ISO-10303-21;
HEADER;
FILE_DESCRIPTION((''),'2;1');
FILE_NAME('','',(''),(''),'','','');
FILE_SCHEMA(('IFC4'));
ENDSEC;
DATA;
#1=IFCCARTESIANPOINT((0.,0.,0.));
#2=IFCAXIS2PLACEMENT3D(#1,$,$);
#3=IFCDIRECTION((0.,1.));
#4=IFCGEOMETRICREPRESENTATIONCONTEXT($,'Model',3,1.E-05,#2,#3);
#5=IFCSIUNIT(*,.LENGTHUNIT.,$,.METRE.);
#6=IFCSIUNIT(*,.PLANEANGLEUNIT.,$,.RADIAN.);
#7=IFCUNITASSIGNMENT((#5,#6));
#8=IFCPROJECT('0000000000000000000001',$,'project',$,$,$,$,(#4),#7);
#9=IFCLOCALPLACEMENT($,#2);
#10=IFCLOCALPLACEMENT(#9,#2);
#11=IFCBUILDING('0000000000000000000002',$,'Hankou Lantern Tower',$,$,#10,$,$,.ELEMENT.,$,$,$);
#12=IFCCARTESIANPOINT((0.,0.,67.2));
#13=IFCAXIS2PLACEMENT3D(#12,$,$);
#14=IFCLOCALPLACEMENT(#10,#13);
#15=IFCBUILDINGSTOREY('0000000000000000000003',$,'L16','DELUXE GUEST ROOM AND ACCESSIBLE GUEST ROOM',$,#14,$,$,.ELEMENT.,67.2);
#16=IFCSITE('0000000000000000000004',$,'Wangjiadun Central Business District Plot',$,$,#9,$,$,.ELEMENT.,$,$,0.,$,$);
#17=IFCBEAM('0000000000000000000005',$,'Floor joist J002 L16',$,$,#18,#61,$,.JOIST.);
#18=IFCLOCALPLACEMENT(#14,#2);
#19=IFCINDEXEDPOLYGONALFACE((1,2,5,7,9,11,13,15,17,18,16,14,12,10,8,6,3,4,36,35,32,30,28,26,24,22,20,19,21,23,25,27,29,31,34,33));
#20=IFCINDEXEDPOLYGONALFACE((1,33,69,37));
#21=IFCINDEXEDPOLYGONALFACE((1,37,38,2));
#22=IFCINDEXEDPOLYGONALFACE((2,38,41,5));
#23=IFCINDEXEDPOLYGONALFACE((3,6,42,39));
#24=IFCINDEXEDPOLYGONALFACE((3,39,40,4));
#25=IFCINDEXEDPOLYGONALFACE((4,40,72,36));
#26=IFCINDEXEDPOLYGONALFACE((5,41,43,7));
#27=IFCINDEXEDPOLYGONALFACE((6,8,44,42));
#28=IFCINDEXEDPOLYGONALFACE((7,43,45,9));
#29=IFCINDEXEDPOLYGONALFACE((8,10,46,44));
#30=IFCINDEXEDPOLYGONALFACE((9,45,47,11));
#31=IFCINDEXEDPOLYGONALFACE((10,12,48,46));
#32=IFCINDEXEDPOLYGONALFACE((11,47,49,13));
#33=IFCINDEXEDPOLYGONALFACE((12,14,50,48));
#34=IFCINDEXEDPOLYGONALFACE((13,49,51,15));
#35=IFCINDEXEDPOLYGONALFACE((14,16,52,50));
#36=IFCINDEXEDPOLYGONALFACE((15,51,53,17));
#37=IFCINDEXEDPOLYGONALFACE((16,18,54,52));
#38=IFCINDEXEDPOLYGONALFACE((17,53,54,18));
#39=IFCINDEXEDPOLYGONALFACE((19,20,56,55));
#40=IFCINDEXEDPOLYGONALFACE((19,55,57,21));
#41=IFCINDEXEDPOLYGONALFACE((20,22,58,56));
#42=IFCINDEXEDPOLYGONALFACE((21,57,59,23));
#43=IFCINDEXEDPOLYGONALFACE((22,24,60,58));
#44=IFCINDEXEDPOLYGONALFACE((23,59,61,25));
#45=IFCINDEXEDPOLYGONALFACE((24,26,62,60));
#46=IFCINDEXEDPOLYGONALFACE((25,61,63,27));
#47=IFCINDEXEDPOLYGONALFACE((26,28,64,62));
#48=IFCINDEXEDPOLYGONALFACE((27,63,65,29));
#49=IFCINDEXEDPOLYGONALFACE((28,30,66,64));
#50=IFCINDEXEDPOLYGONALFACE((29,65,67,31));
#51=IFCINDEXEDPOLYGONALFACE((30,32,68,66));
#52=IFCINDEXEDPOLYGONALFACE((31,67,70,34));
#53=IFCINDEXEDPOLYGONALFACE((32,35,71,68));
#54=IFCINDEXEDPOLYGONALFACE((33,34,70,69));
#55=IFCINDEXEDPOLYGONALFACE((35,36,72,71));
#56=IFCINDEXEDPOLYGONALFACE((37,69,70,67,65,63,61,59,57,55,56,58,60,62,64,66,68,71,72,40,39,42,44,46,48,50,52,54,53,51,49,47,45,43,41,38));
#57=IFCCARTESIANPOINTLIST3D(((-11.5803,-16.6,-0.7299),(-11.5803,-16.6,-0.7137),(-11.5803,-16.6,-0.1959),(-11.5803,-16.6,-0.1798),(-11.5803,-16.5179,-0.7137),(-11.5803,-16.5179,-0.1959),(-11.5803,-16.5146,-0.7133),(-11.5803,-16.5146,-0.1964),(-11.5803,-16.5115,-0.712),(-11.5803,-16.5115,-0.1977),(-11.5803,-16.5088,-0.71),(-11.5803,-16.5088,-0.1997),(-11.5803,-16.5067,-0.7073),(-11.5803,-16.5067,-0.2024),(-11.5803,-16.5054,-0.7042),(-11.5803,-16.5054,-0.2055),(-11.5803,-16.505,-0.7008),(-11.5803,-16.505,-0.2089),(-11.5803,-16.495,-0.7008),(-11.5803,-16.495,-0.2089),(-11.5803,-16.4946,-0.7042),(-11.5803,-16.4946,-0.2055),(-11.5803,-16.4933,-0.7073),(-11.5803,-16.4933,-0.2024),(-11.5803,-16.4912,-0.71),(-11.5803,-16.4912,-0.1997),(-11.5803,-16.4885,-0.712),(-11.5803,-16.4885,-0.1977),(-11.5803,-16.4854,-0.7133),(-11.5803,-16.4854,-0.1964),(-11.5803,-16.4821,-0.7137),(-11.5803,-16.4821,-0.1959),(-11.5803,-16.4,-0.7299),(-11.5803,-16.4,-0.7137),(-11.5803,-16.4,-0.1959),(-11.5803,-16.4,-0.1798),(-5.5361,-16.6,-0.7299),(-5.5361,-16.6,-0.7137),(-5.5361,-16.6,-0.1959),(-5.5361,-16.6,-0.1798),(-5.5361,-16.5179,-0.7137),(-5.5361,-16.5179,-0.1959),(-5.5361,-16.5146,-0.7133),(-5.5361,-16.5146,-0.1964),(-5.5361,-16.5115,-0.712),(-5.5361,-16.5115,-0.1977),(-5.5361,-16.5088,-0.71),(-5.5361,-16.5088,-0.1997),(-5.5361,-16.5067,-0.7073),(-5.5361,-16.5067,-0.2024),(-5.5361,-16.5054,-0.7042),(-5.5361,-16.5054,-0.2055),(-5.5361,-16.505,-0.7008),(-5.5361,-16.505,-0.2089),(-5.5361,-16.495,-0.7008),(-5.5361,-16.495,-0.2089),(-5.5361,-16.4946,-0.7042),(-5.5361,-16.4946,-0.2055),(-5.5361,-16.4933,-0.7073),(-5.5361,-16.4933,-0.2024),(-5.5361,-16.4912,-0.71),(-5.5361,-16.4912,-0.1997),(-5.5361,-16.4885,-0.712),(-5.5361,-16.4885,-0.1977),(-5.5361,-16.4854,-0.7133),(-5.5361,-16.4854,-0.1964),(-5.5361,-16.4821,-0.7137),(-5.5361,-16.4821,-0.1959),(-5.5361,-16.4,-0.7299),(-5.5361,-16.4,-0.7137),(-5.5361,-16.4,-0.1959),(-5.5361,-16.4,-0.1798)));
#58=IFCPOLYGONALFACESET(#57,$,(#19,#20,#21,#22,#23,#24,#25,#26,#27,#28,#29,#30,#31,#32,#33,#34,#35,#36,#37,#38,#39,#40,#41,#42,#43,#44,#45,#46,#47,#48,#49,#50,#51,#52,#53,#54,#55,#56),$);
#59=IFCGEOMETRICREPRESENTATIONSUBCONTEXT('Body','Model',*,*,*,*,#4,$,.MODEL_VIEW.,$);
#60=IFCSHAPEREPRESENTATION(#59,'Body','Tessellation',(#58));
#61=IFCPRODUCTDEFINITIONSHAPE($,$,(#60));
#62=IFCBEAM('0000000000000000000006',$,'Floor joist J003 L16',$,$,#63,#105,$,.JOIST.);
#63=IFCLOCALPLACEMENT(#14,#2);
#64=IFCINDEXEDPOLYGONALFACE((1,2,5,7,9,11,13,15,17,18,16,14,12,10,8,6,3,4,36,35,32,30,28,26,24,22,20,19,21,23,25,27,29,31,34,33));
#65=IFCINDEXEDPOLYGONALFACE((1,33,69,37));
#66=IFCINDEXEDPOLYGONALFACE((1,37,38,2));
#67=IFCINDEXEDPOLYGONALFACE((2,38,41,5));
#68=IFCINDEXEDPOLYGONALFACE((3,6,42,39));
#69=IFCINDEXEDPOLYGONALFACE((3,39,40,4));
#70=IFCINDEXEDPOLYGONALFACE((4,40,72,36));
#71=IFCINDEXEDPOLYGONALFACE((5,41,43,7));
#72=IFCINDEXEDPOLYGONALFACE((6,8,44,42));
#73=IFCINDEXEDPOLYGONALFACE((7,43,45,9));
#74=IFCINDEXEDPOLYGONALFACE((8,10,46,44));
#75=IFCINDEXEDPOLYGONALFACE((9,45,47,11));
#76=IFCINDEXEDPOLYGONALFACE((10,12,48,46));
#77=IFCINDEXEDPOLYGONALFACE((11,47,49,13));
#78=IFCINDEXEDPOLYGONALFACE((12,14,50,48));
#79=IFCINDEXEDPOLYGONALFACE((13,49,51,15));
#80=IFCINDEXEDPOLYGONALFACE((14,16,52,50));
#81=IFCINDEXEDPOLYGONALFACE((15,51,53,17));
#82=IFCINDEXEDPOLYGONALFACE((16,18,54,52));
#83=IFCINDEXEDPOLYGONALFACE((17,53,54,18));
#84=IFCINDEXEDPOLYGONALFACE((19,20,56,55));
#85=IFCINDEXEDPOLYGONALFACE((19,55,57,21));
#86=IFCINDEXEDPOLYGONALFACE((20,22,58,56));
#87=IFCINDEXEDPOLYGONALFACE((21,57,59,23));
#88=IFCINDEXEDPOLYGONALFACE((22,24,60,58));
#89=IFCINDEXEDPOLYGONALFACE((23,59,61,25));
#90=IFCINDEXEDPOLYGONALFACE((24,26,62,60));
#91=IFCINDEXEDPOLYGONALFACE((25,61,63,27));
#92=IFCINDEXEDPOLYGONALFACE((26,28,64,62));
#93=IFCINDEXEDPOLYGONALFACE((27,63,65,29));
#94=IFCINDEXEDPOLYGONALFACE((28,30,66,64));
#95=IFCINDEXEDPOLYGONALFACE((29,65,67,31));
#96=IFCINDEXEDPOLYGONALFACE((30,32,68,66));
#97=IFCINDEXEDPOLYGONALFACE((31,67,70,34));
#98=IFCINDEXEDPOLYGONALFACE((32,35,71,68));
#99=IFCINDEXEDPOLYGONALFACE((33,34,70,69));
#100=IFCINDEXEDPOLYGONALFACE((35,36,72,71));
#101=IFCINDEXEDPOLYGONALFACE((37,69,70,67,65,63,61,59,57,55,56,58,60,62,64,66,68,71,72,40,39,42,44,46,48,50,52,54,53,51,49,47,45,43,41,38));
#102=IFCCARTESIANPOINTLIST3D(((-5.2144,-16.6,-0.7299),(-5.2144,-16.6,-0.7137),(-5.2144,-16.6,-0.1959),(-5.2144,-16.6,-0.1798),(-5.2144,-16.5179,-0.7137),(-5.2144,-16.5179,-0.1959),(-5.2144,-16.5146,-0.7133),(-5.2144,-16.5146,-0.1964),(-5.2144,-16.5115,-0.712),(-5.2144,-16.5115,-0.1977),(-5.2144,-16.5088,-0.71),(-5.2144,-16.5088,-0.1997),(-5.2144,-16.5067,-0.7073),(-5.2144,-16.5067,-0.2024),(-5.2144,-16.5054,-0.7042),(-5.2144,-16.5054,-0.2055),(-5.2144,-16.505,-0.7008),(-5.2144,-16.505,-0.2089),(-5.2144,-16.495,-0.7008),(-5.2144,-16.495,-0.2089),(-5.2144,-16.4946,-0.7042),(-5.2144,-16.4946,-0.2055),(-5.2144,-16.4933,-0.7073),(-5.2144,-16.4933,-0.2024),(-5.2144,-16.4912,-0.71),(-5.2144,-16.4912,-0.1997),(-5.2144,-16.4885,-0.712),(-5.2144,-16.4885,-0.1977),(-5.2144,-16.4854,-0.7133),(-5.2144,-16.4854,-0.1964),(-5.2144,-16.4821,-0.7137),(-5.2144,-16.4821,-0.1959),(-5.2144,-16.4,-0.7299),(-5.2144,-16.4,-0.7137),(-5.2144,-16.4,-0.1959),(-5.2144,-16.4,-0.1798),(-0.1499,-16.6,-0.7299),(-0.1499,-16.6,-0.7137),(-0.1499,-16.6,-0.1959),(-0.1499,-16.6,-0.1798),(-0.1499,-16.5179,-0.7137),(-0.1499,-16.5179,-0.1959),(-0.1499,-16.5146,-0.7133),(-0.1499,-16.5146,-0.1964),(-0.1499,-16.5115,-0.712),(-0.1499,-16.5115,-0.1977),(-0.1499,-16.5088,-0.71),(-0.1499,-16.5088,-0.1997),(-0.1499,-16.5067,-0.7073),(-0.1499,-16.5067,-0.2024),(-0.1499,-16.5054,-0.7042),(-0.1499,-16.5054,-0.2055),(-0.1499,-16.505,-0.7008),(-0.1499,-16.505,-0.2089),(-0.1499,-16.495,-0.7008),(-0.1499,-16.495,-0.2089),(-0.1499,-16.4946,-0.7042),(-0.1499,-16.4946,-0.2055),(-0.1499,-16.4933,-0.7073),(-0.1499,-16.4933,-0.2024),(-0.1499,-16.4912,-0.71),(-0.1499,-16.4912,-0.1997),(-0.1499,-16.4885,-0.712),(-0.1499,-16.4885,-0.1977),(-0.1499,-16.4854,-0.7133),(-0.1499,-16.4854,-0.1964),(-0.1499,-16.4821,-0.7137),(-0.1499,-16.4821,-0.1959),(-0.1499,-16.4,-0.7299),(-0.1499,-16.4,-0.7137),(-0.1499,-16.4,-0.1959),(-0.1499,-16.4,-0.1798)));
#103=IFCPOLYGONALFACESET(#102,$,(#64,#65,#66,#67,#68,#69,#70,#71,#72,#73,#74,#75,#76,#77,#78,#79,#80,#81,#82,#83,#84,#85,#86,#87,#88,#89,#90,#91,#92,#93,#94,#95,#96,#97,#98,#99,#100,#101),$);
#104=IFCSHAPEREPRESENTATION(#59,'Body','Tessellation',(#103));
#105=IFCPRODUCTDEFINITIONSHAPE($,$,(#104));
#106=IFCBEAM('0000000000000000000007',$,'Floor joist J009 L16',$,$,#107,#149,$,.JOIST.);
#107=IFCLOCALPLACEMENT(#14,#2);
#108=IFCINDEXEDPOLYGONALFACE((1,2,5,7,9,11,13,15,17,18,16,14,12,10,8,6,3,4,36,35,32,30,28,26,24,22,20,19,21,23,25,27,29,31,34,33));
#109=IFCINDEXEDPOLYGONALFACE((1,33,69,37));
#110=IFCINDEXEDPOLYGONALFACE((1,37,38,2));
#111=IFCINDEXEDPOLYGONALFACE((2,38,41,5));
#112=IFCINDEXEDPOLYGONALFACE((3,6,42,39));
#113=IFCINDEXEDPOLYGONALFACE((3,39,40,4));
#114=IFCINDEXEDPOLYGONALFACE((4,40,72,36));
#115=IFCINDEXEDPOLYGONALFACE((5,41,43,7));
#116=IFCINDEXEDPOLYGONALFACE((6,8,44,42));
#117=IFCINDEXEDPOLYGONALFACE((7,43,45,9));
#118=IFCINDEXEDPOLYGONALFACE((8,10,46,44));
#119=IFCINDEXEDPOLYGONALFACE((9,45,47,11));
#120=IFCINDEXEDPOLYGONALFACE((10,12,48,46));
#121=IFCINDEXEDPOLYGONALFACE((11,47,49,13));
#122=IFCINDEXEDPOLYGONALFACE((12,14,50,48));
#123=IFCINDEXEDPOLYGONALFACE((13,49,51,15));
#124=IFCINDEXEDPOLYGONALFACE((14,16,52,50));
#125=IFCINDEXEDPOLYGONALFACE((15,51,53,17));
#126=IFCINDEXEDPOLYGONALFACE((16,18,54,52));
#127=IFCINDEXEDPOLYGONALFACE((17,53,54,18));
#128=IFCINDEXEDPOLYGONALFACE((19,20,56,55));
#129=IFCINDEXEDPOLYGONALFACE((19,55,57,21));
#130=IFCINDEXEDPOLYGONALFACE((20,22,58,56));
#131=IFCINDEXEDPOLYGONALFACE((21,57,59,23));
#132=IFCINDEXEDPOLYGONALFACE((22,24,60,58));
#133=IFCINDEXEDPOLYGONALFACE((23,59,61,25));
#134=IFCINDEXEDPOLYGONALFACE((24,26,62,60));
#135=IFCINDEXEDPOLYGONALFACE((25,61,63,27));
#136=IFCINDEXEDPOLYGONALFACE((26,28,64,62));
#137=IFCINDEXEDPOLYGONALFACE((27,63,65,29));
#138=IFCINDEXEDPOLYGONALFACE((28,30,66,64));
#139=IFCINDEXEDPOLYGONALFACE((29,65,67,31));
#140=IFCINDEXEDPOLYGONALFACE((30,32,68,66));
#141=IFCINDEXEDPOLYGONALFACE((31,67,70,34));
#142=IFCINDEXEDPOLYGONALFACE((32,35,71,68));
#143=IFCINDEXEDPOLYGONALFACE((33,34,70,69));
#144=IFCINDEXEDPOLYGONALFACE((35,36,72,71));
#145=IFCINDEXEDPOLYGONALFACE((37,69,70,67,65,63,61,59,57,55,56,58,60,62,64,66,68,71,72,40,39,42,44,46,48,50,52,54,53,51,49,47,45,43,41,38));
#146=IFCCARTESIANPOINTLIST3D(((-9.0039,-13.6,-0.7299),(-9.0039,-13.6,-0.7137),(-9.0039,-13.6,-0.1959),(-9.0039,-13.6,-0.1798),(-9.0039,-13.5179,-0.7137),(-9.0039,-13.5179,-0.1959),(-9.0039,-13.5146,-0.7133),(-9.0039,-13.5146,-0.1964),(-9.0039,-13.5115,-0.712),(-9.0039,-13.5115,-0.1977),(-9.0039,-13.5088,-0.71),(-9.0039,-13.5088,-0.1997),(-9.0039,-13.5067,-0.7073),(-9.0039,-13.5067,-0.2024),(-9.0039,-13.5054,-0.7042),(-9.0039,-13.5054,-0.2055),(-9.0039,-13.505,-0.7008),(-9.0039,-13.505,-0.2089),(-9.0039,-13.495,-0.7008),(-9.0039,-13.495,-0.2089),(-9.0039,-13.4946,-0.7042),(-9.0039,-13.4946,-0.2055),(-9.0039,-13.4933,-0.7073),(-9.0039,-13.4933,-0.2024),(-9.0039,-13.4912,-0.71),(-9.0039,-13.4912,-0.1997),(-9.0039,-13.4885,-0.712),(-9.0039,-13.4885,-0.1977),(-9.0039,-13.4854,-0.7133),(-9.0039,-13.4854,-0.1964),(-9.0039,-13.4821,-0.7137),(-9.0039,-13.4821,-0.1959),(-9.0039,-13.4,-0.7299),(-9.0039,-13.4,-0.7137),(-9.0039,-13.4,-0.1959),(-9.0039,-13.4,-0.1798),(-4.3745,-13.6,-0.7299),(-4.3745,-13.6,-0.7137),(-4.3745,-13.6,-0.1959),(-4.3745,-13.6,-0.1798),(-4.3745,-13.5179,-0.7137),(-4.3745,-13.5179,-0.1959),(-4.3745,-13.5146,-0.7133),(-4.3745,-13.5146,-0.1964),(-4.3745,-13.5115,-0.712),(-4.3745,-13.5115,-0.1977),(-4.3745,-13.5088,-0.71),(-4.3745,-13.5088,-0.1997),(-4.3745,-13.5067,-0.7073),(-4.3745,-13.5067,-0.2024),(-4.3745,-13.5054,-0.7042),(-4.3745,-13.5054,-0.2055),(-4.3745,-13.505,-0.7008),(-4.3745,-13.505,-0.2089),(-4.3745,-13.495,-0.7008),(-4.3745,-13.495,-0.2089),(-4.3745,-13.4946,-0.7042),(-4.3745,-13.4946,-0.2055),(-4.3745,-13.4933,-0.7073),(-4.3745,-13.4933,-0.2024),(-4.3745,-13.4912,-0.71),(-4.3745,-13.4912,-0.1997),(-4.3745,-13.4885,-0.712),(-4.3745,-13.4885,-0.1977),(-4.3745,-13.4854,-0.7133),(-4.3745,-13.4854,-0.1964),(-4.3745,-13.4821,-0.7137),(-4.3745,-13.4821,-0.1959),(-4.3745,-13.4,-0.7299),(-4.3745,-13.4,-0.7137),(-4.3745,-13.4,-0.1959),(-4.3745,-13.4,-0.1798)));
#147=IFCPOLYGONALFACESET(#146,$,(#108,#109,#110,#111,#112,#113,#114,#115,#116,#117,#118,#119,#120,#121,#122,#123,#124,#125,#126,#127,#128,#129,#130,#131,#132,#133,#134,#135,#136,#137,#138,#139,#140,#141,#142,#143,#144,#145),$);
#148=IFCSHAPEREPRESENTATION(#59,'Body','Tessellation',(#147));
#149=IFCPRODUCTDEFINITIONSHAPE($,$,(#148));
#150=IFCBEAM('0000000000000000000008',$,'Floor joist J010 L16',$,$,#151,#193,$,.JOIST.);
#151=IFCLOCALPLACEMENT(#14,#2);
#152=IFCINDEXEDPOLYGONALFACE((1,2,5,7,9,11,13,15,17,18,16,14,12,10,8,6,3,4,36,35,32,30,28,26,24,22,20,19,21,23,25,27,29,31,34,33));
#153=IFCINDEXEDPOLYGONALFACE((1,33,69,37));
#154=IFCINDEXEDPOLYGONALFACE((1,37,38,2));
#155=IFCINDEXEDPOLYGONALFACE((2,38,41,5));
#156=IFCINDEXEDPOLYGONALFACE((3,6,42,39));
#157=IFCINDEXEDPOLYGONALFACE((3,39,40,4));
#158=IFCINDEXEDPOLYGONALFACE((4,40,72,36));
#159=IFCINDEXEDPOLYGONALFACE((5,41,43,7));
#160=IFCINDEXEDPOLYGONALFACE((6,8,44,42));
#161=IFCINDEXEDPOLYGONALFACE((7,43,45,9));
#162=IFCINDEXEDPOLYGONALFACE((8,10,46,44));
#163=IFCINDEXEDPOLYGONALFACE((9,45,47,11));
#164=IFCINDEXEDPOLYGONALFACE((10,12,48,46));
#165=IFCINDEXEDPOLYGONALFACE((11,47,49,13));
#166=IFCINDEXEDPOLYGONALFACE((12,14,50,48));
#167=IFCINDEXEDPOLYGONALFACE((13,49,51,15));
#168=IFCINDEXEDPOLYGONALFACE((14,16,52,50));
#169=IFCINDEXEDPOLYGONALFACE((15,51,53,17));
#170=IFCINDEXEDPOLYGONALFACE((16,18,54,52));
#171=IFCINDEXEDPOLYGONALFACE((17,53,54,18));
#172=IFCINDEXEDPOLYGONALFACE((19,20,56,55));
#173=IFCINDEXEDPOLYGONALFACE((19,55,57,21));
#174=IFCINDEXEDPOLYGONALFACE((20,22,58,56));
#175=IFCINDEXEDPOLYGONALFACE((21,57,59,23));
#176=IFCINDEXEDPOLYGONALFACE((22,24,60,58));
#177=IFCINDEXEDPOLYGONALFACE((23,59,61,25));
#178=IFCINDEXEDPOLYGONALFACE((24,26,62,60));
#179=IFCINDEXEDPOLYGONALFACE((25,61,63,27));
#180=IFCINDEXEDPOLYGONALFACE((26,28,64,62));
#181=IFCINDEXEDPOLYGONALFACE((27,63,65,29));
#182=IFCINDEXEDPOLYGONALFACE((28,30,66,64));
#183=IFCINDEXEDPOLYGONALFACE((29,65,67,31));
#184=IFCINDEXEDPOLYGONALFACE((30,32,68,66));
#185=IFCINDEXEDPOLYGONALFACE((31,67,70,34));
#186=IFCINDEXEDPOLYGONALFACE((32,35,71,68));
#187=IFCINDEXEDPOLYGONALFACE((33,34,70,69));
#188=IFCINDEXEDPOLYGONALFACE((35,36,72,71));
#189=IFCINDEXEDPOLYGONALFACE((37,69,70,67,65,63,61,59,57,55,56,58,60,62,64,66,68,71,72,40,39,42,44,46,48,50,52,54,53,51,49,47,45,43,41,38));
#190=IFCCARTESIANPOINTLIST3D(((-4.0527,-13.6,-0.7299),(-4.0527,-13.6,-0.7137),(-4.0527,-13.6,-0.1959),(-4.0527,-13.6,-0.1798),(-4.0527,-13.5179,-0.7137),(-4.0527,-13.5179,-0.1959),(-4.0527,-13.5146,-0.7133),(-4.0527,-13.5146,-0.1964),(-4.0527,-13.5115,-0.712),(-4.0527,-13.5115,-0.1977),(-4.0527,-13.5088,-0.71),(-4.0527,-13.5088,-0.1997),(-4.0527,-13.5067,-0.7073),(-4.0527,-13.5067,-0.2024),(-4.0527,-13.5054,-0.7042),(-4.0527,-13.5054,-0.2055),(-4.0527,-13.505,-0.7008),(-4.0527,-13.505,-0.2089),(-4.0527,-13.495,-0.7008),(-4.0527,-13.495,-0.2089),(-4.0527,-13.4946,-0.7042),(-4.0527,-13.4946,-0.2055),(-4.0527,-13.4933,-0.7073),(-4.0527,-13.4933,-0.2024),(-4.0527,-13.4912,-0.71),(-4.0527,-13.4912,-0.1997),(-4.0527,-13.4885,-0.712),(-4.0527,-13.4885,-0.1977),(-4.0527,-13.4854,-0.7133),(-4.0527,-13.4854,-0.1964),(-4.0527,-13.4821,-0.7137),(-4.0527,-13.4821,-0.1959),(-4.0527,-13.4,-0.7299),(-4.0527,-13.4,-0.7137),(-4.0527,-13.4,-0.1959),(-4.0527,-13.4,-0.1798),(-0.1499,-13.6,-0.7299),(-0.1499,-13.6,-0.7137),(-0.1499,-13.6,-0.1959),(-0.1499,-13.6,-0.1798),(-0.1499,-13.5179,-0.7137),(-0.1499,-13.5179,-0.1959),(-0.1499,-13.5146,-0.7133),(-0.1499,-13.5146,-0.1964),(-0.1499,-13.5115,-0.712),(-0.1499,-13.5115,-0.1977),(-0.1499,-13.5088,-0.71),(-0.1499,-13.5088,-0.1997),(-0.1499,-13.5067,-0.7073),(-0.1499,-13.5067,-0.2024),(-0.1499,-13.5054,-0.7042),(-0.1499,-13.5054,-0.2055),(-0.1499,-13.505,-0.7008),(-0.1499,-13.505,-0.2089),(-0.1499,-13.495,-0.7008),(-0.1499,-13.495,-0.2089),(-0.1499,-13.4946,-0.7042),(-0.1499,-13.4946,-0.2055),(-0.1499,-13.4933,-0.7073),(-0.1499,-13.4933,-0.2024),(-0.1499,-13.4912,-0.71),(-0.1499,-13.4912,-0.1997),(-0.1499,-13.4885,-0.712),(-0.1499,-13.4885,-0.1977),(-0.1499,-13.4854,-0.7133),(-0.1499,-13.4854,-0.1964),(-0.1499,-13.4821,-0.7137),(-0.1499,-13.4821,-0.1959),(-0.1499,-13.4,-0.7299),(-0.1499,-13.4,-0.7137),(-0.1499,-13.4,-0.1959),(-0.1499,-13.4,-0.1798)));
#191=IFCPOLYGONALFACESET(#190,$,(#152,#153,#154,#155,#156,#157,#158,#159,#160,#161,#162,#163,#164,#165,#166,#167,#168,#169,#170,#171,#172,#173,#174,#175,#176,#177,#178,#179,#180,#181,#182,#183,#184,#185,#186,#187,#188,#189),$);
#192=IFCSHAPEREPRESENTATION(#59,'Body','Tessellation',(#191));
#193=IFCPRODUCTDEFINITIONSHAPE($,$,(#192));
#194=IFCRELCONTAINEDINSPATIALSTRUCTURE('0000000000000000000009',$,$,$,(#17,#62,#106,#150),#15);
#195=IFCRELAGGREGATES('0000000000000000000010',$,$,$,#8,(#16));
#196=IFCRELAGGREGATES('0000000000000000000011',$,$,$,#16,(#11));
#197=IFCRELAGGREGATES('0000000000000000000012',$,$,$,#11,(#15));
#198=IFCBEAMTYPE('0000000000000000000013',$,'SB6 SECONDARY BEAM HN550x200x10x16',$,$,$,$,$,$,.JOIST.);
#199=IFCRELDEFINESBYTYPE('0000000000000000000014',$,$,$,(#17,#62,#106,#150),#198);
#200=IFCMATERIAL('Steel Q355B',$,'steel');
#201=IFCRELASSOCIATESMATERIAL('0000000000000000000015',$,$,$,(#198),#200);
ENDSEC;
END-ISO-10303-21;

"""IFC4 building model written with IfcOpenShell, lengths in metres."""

from ifc_helpers import new_model, si_unit, direction, frame, origin, origin_2d, place, context, subcontext, project, spatial, i_section, extrude, material, material_profile, profile_set, type_object, element, save


model = new_model("IFC4")

# Units and contexts
model_context = context("Model", 3, precision=1e-05, world=origin(), true_north=direction((0.0, 1.0)))
body_context = subcontext(model_context, "Body", "Model", "MODEL_VIEW")
ifc_project = project(units=[si_unit("LENGTHUNIT", "METRE"), si_unit("PLANEANGLEUNIT", "RADIAN")], contexts=[model_context])

# Site, building, storey
site_placement = place(None, origin())
site = spatial("IfcSite", under=ifc_project, at=site_placement, Name="Wangjiadun Central Business District Plot", CompositionType="ELEMENT", RefElevation=0.0)
building_placement = place(site_placement, origin())
building = spatial("IfcBuilding", under=site, at=building_placement, Name="Hankou Lantern Tower", CompositionType="ELEMENT")
storey_placement = place(building_placement, frame((0.0, 0.0, 67.2)))
storey = spatial("IfcBuildingStorey", under=building, at=storey_placement, Name="L16", Description="DELUXE GUEST ROOM AND ACCESSIBLE GUEST ROOM", CompositionType="ELEMENT", Elevation=67.2)

# Beams
ifc_material_1 = material(Name="Steel Q355B", Category="steel")
ifc_material_profile_1 = material_profile(ifc_material_1, i_section(OverallWidth=0.2, OverallDepth=0.55, WebThickness=0.01, FlangeThickness=0.0161, FilletRadius=0.0129, at=origin_2d()), Name="HN550x200x10x16")
ifc_profile_set_1 = profile_set([ifc_material_profile_1], Name="Steel Q355B")
beam_type_1 = type_object("IfcBeamType", Name="SB6 SECONDARY BEAM HN550x200x10x16", PredefinedType="JOIST", material=ifc_profile_set_1)
beam_1_placement = place(storey_placement, frame((-11.5803, -16.5, -0.4548), z_axis=(1.0, 0.0, 0.0), x_axis=(0.0, 1.0, 0.0)))
element("IfcBeam", 1, at=beam_1_placement, inside=storey, type_object=beam_type_1, Name="Floor joist J002 L16", PredefinedType="JOIST", context=body_context, shape_type="SweptSolid", body=[
    extrude(i_section(OverallWidth=0.2, OverallDepth=0.55, WebThickness=0.01, FlangeThickness=0.0161, FilletRadius=0.0129, at=origin_2d()), origin(), (0.0, 0.0, 1.0), 6.0442),
])
beam_2_placement = place(storey_placement, frame((-5.2144, -16.5, -0.4548), z_axis=(1.0, 0.0, 0.0), x_axis=(0.0, 1.0, 0.0)))
element("IfcBeam", 2, at=beam_2_placement, inside=storey, type_object=beam_type_1, Name="Floor joist J003 L16", PredefinedType="JOIST", context=body_context, shape_type="SweptSolid", body=[
    extrude(i_section(OverallWidth=0.2, OverallDepth=0.55, WebThickness=0.01, FlangeThickness=0.0161, FilletRadius=0.0129, at=origin_2d()), origin(), (0.0, 0.0, 1.0), 5.0645),
])
beam_3_placement = place(storey_placement, frame((-9.0039, -13.5, -0.4548), z_axis=(1.0, 0.0, 0.0), x_axis=(0.0, 1.0, 0.0)))
element("IfcBeam", 3, at=beam_3_placement, inside=storey, type_object=beam_type_1, Name="Floor joist J009 L16", PredefinedType="JOIST", context=body_context, shape_type="SweptSolid", body=[
    extrude(i_section(OverallWidth=0.2, OverallDepth=0.55, WebThickness=0.01, FlangeThickness=0.0161, FilletRadius=0.0129, at=origin_2d()), origin(), (0.0, 0.0, 1.0), 4.6294),
])
beam_4_placement = place(storey_placement, frame((-4.0527, -13.5, -0.4548), z_axis=(1.0, 0.0, 0.0), x_axis=(0.0, 1.0, 0.0)))
element("IfcBeam", 4, at=beam_4_placement, inside=storey, type_object=beam_type_1, Name="Floor joist J010 L16", PredefinedType="JOIST", context=body_context, shape_type="SweptSolid", body=[
    extrude(i_section(OverallWidth=0.2, OverallDepth=0.55, WebThickness=0.01, FlangeThickness=0.0161, FilletRadius=0.0129, at=origin_2d()), origin(), (0.0, 0.0, 1.0), 3.9028),
])

save(model, "model.ifc")
